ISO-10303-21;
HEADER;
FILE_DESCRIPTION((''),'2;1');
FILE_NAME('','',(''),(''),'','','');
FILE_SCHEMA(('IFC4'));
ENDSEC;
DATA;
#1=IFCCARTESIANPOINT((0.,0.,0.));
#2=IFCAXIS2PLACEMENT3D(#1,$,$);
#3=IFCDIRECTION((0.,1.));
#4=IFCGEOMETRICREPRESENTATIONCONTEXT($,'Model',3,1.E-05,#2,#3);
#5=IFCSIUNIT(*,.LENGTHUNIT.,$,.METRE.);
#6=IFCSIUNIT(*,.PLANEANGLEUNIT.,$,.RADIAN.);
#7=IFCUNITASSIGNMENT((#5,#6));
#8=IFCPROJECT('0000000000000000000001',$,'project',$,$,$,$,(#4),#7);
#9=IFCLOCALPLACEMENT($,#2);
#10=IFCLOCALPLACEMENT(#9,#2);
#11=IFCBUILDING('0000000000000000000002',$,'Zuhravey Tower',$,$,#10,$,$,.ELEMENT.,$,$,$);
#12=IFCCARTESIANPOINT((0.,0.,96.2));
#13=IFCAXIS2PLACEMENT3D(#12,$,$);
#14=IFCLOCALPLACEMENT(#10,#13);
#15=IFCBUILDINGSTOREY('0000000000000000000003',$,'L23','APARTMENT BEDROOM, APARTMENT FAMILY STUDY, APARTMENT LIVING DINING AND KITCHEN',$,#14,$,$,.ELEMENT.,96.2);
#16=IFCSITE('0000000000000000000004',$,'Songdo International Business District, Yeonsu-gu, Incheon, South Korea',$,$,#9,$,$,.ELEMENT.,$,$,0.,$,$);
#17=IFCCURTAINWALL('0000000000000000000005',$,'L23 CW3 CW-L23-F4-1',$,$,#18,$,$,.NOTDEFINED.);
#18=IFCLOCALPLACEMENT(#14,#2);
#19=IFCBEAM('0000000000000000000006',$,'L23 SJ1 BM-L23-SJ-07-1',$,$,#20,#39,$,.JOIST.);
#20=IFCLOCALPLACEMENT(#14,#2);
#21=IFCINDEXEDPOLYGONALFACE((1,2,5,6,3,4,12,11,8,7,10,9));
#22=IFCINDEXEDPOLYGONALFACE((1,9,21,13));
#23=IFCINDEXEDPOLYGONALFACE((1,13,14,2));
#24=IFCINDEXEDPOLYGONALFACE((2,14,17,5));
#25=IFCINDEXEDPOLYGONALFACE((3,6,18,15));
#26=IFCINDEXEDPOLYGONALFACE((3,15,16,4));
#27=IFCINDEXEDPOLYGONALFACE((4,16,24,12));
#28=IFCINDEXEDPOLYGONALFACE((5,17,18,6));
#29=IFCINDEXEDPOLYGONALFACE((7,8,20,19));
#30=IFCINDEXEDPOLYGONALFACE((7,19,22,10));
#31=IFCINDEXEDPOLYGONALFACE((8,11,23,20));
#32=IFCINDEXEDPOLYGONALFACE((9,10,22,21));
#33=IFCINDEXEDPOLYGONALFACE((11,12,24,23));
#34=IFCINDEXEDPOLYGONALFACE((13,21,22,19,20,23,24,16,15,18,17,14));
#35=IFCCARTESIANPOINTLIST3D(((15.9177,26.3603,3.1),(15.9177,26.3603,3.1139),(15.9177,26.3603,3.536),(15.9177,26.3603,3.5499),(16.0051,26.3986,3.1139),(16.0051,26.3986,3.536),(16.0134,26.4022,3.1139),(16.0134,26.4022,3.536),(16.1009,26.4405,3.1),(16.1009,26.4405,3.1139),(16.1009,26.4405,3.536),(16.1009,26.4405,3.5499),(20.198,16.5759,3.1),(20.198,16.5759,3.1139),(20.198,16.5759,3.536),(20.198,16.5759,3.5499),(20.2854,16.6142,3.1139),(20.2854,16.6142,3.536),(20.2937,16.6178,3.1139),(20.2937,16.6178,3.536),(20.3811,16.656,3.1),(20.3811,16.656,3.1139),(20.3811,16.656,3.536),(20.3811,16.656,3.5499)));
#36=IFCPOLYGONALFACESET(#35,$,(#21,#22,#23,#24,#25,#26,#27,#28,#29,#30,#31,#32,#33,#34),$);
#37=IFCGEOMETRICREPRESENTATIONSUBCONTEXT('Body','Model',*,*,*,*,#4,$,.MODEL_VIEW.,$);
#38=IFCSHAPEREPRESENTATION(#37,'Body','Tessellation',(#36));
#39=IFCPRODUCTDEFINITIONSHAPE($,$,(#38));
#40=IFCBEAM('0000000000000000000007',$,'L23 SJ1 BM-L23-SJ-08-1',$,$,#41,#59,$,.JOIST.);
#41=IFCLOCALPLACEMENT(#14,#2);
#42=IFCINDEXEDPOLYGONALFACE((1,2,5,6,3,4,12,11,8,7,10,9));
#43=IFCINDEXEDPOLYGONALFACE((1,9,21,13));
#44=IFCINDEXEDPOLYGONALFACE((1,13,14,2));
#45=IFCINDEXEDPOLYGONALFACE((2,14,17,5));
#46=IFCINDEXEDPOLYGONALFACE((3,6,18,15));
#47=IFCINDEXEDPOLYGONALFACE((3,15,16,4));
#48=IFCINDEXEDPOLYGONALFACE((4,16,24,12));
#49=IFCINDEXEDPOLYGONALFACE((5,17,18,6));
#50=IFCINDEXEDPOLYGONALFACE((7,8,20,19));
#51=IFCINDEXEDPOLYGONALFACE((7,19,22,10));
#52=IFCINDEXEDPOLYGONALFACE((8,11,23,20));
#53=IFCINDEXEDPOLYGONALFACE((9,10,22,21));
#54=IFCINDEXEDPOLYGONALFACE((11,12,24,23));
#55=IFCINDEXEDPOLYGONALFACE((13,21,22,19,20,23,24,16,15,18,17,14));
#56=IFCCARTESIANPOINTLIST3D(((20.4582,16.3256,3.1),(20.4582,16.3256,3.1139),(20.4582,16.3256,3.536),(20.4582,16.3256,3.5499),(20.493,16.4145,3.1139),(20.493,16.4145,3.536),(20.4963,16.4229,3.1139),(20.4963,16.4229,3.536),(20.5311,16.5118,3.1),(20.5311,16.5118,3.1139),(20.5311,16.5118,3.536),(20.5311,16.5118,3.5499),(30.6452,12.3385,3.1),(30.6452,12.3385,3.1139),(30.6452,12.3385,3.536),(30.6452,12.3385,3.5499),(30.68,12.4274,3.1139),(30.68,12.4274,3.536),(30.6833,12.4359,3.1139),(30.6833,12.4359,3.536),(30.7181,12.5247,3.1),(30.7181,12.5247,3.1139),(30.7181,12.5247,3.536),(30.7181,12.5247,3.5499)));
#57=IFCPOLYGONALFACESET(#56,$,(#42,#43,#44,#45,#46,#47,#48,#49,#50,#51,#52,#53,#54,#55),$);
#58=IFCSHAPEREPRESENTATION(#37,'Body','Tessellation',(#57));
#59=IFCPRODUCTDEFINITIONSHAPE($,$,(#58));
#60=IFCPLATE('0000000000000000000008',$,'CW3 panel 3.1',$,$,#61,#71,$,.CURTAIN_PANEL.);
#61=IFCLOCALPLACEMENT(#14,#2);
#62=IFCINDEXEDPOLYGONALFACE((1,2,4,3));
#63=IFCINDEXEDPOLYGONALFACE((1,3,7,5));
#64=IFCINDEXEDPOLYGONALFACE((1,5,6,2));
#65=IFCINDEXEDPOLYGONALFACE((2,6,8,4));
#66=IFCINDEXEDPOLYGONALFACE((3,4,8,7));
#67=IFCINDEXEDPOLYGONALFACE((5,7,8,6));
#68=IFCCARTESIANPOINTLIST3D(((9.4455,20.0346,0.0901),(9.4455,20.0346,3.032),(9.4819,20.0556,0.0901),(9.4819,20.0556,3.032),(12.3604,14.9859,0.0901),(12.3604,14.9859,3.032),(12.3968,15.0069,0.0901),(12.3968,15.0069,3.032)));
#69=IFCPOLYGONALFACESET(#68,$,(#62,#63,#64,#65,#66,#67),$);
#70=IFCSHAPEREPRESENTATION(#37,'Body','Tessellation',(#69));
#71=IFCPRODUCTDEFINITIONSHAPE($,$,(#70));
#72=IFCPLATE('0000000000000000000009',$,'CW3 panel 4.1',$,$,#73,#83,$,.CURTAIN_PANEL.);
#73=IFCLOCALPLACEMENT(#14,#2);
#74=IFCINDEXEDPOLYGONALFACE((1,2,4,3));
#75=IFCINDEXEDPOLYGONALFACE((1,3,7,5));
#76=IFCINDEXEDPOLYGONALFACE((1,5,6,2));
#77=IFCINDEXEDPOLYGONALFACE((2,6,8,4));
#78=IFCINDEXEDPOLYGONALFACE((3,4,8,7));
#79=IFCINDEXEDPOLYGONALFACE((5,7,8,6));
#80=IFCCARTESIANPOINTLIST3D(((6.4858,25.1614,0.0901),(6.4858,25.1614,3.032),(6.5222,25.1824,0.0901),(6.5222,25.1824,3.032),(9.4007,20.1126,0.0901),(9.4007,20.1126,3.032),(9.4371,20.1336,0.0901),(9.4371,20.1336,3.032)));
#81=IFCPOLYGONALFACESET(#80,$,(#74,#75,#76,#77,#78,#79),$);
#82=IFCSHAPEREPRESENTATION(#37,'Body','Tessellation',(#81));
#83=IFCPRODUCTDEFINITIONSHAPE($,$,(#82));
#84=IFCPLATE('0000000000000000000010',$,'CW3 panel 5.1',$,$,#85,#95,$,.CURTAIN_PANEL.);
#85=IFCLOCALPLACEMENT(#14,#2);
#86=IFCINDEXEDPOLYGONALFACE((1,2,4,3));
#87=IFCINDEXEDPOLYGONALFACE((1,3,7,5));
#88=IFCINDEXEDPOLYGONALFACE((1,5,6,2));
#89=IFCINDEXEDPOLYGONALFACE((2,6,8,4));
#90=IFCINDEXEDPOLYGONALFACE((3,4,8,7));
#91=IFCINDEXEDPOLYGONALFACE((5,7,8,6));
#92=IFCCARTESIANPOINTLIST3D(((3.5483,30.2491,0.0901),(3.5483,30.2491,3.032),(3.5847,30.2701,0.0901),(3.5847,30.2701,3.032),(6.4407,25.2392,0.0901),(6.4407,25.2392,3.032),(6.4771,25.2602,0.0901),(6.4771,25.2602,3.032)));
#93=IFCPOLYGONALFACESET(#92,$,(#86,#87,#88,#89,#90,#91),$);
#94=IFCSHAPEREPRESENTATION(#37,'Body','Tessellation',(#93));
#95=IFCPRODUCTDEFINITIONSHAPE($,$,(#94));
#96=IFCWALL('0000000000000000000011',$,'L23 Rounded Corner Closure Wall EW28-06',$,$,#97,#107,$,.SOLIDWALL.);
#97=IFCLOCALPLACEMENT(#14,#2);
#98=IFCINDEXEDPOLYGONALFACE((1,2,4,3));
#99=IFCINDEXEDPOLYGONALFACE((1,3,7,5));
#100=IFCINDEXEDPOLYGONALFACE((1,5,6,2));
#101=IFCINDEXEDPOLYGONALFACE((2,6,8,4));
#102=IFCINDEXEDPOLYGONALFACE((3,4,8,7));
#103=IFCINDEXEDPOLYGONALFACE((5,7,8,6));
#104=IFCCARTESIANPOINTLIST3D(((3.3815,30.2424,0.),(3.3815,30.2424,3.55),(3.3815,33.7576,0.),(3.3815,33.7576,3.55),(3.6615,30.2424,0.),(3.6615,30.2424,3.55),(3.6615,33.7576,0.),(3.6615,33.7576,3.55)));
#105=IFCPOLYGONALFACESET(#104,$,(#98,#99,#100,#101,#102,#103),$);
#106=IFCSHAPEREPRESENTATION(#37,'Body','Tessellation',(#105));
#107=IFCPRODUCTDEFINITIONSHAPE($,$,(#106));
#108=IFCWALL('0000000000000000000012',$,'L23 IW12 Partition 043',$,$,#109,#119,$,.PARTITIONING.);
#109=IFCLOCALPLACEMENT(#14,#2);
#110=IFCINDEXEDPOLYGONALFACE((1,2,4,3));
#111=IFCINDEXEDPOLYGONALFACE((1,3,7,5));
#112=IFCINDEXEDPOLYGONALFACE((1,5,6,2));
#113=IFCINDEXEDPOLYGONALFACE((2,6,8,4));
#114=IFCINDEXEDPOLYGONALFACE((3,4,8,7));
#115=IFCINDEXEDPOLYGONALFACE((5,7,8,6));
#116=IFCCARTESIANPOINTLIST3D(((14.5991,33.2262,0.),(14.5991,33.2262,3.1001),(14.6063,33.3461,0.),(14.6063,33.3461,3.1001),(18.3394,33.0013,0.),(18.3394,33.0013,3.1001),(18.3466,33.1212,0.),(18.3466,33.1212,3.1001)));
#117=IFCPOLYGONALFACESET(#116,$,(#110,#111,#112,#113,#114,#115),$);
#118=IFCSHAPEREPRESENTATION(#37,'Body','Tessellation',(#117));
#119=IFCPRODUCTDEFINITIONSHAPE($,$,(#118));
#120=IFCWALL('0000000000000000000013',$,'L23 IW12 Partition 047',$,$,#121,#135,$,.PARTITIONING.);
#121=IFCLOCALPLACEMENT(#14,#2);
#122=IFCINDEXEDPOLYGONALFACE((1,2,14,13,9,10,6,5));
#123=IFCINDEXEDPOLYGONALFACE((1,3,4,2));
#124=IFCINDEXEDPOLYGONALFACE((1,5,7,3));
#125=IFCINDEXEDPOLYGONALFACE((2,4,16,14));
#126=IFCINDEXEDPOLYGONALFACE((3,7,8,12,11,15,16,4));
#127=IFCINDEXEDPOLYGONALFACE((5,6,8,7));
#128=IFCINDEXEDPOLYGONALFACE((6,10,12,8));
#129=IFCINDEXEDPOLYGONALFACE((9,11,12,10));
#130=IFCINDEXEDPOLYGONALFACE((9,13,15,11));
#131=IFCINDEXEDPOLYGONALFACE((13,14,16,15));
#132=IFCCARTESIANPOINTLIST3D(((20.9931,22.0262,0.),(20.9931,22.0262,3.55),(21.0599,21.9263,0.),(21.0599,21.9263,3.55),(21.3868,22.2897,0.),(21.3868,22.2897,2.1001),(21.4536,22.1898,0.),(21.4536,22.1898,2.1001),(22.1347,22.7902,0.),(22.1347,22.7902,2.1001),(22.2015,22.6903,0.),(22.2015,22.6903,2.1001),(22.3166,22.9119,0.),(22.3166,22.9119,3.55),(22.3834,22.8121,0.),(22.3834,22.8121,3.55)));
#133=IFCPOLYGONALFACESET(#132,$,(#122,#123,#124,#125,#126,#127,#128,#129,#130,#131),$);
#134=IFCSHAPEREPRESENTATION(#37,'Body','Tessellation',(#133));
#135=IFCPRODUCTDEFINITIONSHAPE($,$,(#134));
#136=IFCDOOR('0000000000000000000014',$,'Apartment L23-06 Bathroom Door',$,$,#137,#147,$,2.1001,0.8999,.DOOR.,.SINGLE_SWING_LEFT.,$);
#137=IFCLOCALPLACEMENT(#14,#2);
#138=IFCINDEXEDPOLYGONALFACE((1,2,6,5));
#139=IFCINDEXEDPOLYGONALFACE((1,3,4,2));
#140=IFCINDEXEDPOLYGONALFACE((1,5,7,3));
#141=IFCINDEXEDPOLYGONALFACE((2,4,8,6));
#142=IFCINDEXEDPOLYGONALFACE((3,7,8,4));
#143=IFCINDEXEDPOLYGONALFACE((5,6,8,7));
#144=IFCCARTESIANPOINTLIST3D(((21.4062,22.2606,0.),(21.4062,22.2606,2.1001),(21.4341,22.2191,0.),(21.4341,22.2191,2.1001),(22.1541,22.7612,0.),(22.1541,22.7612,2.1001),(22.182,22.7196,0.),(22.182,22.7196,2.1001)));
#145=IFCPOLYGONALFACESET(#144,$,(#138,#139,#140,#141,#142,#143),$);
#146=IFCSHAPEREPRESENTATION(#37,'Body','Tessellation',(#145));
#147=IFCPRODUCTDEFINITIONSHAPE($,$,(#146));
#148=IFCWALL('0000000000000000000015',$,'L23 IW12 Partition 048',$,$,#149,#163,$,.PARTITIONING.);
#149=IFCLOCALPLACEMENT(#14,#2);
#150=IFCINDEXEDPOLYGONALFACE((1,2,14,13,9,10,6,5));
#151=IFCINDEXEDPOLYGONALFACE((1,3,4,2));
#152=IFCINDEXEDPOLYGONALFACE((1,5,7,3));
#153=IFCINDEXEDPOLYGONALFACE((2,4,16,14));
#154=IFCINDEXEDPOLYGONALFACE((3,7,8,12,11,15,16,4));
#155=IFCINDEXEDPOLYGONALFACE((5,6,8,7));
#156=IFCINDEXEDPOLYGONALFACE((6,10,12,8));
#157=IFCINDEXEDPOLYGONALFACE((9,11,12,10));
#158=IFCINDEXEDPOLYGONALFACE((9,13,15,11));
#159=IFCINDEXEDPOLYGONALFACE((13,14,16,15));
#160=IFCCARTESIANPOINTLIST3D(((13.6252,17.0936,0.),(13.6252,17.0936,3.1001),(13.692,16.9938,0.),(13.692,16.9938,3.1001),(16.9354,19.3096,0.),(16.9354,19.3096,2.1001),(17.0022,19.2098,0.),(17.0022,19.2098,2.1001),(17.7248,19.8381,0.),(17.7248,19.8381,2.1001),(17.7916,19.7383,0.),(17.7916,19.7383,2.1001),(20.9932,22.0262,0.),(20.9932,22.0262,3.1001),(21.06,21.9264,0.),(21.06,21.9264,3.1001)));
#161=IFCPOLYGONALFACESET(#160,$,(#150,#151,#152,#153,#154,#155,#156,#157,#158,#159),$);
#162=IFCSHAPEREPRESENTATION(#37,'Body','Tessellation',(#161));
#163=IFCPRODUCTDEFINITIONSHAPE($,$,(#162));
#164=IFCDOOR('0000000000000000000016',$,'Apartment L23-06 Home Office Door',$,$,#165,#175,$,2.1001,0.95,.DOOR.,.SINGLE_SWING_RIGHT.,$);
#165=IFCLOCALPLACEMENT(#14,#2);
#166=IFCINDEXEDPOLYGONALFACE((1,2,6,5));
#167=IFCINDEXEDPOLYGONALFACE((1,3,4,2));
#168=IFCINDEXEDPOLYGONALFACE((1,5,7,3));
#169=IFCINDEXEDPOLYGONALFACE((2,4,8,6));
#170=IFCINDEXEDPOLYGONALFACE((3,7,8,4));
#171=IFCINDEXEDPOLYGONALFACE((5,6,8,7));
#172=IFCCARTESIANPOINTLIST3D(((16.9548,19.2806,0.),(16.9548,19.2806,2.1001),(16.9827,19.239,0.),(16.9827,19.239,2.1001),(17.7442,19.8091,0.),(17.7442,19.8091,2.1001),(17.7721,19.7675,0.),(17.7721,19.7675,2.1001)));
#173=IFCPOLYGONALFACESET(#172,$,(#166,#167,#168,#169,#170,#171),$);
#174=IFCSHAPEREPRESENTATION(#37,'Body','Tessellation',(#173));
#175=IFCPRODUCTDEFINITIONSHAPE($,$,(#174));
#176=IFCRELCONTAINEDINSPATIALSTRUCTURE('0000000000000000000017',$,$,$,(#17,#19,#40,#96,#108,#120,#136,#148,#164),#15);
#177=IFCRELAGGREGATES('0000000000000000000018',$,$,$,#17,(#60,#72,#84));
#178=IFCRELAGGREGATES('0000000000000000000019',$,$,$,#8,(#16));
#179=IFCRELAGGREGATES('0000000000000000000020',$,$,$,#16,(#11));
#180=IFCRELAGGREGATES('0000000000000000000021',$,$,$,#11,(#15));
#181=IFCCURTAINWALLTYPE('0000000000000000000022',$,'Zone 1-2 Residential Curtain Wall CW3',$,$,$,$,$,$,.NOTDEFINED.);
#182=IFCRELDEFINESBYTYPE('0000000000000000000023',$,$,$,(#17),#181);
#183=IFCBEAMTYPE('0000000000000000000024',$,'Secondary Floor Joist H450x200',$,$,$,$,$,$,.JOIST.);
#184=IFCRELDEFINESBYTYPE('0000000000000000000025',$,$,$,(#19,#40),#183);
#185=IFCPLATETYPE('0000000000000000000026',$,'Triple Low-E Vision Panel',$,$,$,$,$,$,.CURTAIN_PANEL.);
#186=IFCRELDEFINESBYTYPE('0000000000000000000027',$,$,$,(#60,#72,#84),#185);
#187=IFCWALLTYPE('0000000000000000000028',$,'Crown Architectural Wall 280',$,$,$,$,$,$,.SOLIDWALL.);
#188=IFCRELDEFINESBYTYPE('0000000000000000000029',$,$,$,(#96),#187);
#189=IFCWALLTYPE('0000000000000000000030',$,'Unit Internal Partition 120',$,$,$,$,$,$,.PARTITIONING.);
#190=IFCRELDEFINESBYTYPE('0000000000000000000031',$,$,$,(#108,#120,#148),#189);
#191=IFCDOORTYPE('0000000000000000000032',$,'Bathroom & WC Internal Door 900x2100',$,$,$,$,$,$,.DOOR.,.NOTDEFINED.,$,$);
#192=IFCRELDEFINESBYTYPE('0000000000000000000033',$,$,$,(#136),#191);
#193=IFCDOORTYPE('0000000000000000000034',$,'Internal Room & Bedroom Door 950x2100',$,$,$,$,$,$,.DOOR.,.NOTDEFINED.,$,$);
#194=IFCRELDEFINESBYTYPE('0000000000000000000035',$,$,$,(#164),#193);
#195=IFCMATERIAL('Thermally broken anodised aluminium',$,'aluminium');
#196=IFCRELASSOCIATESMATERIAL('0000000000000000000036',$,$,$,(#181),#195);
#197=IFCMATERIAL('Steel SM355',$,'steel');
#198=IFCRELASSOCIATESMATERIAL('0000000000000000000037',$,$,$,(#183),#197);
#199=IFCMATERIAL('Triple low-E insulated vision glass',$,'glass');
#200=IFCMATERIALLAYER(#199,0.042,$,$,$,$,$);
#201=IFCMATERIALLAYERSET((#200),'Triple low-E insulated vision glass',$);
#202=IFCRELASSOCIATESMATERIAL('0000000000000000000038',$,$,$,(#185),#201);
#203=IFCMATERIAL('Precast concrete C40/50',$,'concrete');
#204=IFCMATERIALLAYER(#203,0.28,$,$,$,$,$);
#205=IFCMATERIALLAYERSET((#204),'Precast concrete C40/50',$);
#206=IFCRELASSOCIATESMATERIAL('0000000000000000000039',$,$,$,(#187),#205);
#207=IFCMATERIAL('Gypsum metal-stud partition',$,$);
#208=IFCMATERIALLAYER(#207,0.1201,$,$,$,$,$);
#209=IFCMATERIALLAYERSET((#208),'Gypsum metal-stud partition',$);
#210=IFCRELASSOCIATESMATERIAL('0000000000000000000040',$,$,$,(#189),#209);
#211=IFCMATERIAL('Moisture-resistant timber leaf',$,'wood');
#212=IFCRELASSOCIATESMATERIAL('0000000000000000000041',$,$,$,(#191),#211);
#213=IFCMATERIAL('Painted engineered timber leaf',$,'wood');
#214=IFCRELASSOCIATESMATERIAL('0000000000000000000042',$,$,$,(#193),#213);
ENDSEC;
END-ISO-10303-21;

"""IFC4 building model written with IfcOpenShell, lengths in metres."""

from ifc_helpers import new_model, si_unit, direction, frame, frame_2d, origin, origin_2d, place, context, subcontext, project, spatial, rectangle, i_section, extrude, material, layer, layer_set, material_profile, profile_set, type_object, element, fill, aggregate, save


model = new_model("IFC4")

# Units and contexts
model_context = context("Model", 3, precision=1e-05, world=origin(), true_north=direction((0.0, 1.0)))
body_context = subcontext(model_context, "Body", "Model", "MODEL_VIEW")
ifc_project = project(units=[si_unit("LENGTHUNIT", "METRE"), si_unit("PLANEANGLEUNIT", "RADIAN")], contexts=[model_context])

# Site, building, storey
site_placement = place(None, origin())
site = spatial("IfcSite", under=ifc_project, at=site_placement, Name="Songdo International Business District, Yeonsu-gu, Incheon, South Korea", CompositionType="ELEMENT", RefElevation=0.0)
building_placement = place(site_placement, origin())
building = spatial("IfcBuilding", under=site, at=building_placement, Name="Zuhravey Tower", CompositionType="ELEMENT")
storey_placement = place(building_placement, frame((0.0, 0.0, 96.2)))
storey = spatial("IfcBuildingStorey", under=building, at=storey_placement, Name="L23", Description="APARTMENT BEDROOM, APARTMENT FAMILY STUDY, APARTMENT LIVING DINING AND KITCHEN", CompositionType="ELEMENT", Elevation=96.2)

# Curtain wall
ifc_material_1 = material(Name="Thermally broken anodised aluminium", Category="aluminium")
curtain_wall_type = type_object("IfcCurtainWallType", Name="Zone 1-2 Residential Curtain Wall CW3", PredefinedType="NOTDEFINED", material=ifc_material_1)
curtain_wall_placement = place(storey_placement, origin())
curtain_wall = element("IfcCurtainWall", 1, at=curtain_wall_placement, inside=storey, type_object=curtain_wall_type, Name="L23 CW3 CW-L23-F4-1", PredefinedType="NOTDEFINED")

# Beams
ifc_material_2 = material(Name="Steel SM355", Category="steel")
ifc_material_profile_1 = material_profile(ifc_material_2, i_section(OverallWidth=0.2, OverallDepth=0.45, WebThickness=0.009, FlangeThickness=0.0139, at=origin_2d()), Name="H-450x200x9x14")
ifc_profile_set_1 = profile_set([ifc_material_profile_1], Name="Steel SM355")
beam_type_1 = type_object("IfcBeamType", Name="Secondary Floor Joist H450x200", PredefinedType="JOIST", material=ifc_profile_set_1)
beam_1_placement = place(storey_placement, frame((16.0093, 26.4004, 3.325), z_axis=(0.400786, -0.916172, 0.0), x_axis=(0.916172, 0.400786, 0.0)))
element("IfcBeam", 2, at=beam_1_placement, inside=storey, type_object=beam_type_1, Name="L23 SJ1 BM-L23-SJ-07-1", PredefinedType="JOIST", context=body_context, shape_type="SweptSolid", body=[
    extrude(i_section(OverallWidth=0.2, OverallDepth=0.45, WebThickness=0.009, FlangeThickness=0.0139, at=origin_2d()), origin(), (0.0, 0.0, 1.0), 10.6797),
])
beam_2_placement = place(storey_placement, frame((20.4946, 16.4187, 3.325), z_axis=(0.931217, -0.364466, 0.0), x_axis=(0.364466, 0.931217, 0.0)))
element("IfcBeam", 3, at=beam_2_placement, inside=storey, type_object=beam_type_1, Name="L23 SJ1 BM-L23-SJ-08-1", PredefinedType="JOIST", context=body_context, shape_type="SweptSolid", body=[
    extrude(i_section(OverallWidth=0.2, OverallDepth=0.45, WebThickness=0.009, FlangeThickness=0.0139, at=origin_2d()), origin(), (0.0, 0.0, 1.0), 10.9395),
])

# Plates
ifc_material_3 = material(Name="Triple low-E insulated vision glass", Category="glass")
ifc_layer_1 = layer(ifc_material_3, 0.042)
ifc_layer_set_1 = layer_set([ifc_layer_1], Name="Triple low-E insulated vision glass")
plate_type = type_object("IfcPlateType", Name="Triple Low-E Vision Panel", PredefinedType="CURTAIN_PANEL", material=ifc_layer_set_1)
plate_1_placement = place(storey_placement, frame((10.9211, 17.5208, 0.0901), z_axis=(0.0, 0.0, 1.0), x_axis=(-0.5, 0.866026, 0.0)))
plate_1 = element("IfcPlate", 4, at=plate_1_placement, type_object=plate_type, Name="CW3 panel 3.1", PredefinedType="CURTAIN_PANEL", context=body_context, shape_type="SweptSolid", body=[
    extrude(rectangle(XDim=5.8298, YDim=0.042, at=origin_2d()), origin(), (0.0, 0.0, 1.0), 2.9419),
])
plate_2_placement = place(storey_placement, frame((7.9614, 22.6475, 0.0901), z_axis=(0.0, 0.0, 1.0), x_axis=(-0.5, 0.866026, 0.0)))
plate_2 = element("IfcPlate", 5, at=plate_2_placement, type_object=plate_type, Name="CW3 panel 4.1", PredefinedType="CURTAIN_PANEL", context=body_context, shape_type="SweptSolid", body=[
    extrude(rectangle(XDim=5.8298, YDim=0.042, at=origin_2d()), origin(), (0.0, 0.0, 1.0), 2.9419),
])
plate_3_placement = place(storey_placement, frame((5.0127, 27.7546, 0.0901), z_axis=(0.0, 0.0, 1.0), x_axis=(-0.5, 0.866026, 0.0)))
plate_3 = element("IfcPlate", 6, at=plate_3_placement, type_object=plate_type, Name="CW3 panel 5.1", PredefinedType="CURTAIN_PANEL", context=body_context, shape_type="SweptSolid", body=[
    extrude(rectangle(XDim=5.7849, YDim=0.042, at=origin_2d()), origin(), (0.0, 0.0, 1.0), 2.9419),
])
aggregate(curtain_wall, [plate_1, plate_2, plate_3])

# Walls
ifc_material_4 = material(Name="Precast concrete C40/50", Category="concrete")
ifc_layer_2 = layer(ifc_material_4, 0.28)
ifc_layer_set_2 = layer_set([ifc_layer_2], Name="Precast concrete C40/50")
wall_type_1 = type_object("IfcWallType", Name="Crown Architectural Wall 280", PredefinedType="SOLIDWALL", material=ifc_layer_set_2)
wall_1_placement = place(storey_placement, frame((3.5215, 30.2424, 0.0), z_axis=(0.0, 0.0, 1.0), x_axis=(0.0, 1.0, 0.0)))
element("IfcWall", 7, at=wall_1_placement, inside=storey, type_object=wall_type_1, Name="L23 Rounded Corner Closure Wall EW28-06", PredefinedType="SOLIDWALL", context=body_context, shape_type="SweptSolid", body=[
    extrude(rectangle(XDim=3.5151, YDim=0.28, at=frame_2d((1.7576, 0.0))), origin(), (0.0, 0.0, 1.0), 3.55),
])
ifc_material_5 = material(Name="Gypsum metal-stud partition")
ifc_layer_3 = layer(ifc_material_5, 0.1201)
ifc_layer_set_3 = layer_set([ifc_layer_3], Name="Gypsum metal-stud partition")
wall_type_2 = type_object("IfcWallType", Name="Unit Internal Partition 120", PredefinedType="PARTITIONING", material=ifc_layer_set_3)
wall_2_placement = place(storey_placement, frame((18.343, 33.0613, 0.0), z_axis=(0.0, 0.0, 1.0), x_axis=(-0.998198, 0.060009, 0.0)))
element("IfcWall", 8, at=wall_2_placement, inside=storey, type_object=wall_type_2, Name="L23 IW12 Partition 043", PredefinedType="PARTITIONING", context=body_context, shape_type="SweptSolid", body=[
    extrude(rectangle(XDim=3.7471, YDim=0.1201, at=frame_2d((1.8735, 0.0))), origin(), (0.0, 0.0, 1.0), 3.1001),
])

# Walls, openings, doors
wall_3_placement = place(storey_placement, frame((22.3501, 22.8621, 0.0), z_axis=(0.0, 0.0, 1.0), x_axis=(-0.831058, -0.556185, 0.0)))
wall_3 = element("IfcWall", 9, at=wall_3_placement, inside=storey, type_object=wall_type_2, Name="L23 IW12 Partition 047", PredefinedType="PARTITIONING", context=body_context, shape_type="SweptSolid", body=[
    extrude(rectangle(XDim=1.5925, YDim=0.1201, at=frame_2d((0.7964, 0.0))), origin(), (0.0, 0.0, 1.0), 3.55),
])
opening_1_placement = place(wall_3_placement, frame((0.219, 0.0, 0.0)))
opening_1 = element("IfcOpeningElement", 10, at=opening_1_placement, cuts=wall_3, PredefinedType="OPENING", context=body_context, shape_type="SweptSolid", body=[
    extrude(rectangle(XDim=0.8999, YDim=2.1001, at=frame_2d((0.45, 1.05))), frame((0.0, 0.072, 0.0), z_axis=(0.0, -1.0, 0.0), x_axis=(1.0, 0.0, 0.0)), (0.0, 0.0, 1.0), 0.144),
])
ifc_material_6 = material(Name="Moisture-resistant timber leaf", Category="wood")
door_type_1 = type_object("IfcDoorType", Name="Bathroom & WC Internal Door 900x2100", OperationType="NOTDEFINED", PredefinedType="DOOR", material=ifc_material_6)
door_1_placement = place(opening_1_placement, origin())
door_1 = element("IfcDoor", 11, at=door_1_placement, inside=storey, type_object=door_type_1, Name="Apartment L23-06 Bathroom Door", OperationType="SINGLE_SWING_LEFT", OverallHeight=2.1001, OverallWidth=0.8999, PredefinedType="DOOR", context=body_context, shape_type="SweptSolid", body=[
    extrude(rectangle(XDim=0.8999, YDim=2.1001, at=frame_2d((0.45, 1.05))), frame((0.0, 0.0249, 0.0), z_axis=(0.0, -1.0, 0.0), x_axis=(1.0, 0.0, 0.0)), (0.0, 0.0, 1.0), 0.05),
])
fill(opening_1, door_1)
wall_4_placement = place(storey_placement, frame((21.0266, 21.9763, 0.0), z_axis=(0.0, 0.0, 1.0), x_axis=(-0.830973, -0.556313, 0.0)))
wall_4 = element("IfcWall", 12, at=wall_4_placement, inside=storey, type_object=wall_type_2, Name="L23 IW12 Partition 048", PredefinedType="PARTITIONING", context=body_context, shape_type="SweptSolid", body=[
    extrude(rectangle(XDim=8.8667, YDim=0.1201, at=frame_2d((4.4333, 0.0))), origin(), (0.0, 0.0, 1.0), 3.1001),
])
opening_2_placement = place(wall_4_placement, frame((3.9331, 0.0, 0.0)))
opening_2 = element("IfcOpeningElement", 13, at=opening_2_placement, cuts=wall_4, PredefinedType="OPENING", context=body_context, shape_type="SweptSolid", body=[
    extrude(rectangle(XDim=0.95, YDim=2.1001, at=frame_2d((0.4751, 1.05))), frame((0.0, 0.072, 0.0), z_axis=(0.0, -1.0, 0.0), x_axis=(1.0, 0.0, 0.0)), (0.0, 0.0, 1.0), 0.144),
])
ifc_material_7 = material(Name="Painted engineered timber leaf", Category="wood")
door_type_2 = type_object("IfcDoorType", Name="Internal Room & Bedroom Door 950x2100", OperationType="NOTDEFINED", PredefinedType="DOOR", material=ifc_material_7)
door_2_placement = place(opening_2_placement, origin())
door_2 = element("IfcDoor", 14, at=door_2_placement, inside=storey, type_object=door_type_2, Name="Apartment L23-06 Home Office Door", OperationType="SINGLE_SWING_RIGHT", OverallHeight=2.1001, OverallWidth=0.95, PredefinedType="DOOR", context=body_context, shape_type="SweptSolid", body=[
    extrude(rectangle(XDim=0.95, YDim=2.1001, at=frame_2d((0.4751, 1.05))), frame((0.0, 0.0249, 0.0), z_axis=(0.0, -1.0, 0.0), x_axis=(1.0, 0.0, 0.0)), (0.0, 0.0, 1.0), 0.05),
])
fill(opening_2, door_2)

save(model, "model.ifc")
